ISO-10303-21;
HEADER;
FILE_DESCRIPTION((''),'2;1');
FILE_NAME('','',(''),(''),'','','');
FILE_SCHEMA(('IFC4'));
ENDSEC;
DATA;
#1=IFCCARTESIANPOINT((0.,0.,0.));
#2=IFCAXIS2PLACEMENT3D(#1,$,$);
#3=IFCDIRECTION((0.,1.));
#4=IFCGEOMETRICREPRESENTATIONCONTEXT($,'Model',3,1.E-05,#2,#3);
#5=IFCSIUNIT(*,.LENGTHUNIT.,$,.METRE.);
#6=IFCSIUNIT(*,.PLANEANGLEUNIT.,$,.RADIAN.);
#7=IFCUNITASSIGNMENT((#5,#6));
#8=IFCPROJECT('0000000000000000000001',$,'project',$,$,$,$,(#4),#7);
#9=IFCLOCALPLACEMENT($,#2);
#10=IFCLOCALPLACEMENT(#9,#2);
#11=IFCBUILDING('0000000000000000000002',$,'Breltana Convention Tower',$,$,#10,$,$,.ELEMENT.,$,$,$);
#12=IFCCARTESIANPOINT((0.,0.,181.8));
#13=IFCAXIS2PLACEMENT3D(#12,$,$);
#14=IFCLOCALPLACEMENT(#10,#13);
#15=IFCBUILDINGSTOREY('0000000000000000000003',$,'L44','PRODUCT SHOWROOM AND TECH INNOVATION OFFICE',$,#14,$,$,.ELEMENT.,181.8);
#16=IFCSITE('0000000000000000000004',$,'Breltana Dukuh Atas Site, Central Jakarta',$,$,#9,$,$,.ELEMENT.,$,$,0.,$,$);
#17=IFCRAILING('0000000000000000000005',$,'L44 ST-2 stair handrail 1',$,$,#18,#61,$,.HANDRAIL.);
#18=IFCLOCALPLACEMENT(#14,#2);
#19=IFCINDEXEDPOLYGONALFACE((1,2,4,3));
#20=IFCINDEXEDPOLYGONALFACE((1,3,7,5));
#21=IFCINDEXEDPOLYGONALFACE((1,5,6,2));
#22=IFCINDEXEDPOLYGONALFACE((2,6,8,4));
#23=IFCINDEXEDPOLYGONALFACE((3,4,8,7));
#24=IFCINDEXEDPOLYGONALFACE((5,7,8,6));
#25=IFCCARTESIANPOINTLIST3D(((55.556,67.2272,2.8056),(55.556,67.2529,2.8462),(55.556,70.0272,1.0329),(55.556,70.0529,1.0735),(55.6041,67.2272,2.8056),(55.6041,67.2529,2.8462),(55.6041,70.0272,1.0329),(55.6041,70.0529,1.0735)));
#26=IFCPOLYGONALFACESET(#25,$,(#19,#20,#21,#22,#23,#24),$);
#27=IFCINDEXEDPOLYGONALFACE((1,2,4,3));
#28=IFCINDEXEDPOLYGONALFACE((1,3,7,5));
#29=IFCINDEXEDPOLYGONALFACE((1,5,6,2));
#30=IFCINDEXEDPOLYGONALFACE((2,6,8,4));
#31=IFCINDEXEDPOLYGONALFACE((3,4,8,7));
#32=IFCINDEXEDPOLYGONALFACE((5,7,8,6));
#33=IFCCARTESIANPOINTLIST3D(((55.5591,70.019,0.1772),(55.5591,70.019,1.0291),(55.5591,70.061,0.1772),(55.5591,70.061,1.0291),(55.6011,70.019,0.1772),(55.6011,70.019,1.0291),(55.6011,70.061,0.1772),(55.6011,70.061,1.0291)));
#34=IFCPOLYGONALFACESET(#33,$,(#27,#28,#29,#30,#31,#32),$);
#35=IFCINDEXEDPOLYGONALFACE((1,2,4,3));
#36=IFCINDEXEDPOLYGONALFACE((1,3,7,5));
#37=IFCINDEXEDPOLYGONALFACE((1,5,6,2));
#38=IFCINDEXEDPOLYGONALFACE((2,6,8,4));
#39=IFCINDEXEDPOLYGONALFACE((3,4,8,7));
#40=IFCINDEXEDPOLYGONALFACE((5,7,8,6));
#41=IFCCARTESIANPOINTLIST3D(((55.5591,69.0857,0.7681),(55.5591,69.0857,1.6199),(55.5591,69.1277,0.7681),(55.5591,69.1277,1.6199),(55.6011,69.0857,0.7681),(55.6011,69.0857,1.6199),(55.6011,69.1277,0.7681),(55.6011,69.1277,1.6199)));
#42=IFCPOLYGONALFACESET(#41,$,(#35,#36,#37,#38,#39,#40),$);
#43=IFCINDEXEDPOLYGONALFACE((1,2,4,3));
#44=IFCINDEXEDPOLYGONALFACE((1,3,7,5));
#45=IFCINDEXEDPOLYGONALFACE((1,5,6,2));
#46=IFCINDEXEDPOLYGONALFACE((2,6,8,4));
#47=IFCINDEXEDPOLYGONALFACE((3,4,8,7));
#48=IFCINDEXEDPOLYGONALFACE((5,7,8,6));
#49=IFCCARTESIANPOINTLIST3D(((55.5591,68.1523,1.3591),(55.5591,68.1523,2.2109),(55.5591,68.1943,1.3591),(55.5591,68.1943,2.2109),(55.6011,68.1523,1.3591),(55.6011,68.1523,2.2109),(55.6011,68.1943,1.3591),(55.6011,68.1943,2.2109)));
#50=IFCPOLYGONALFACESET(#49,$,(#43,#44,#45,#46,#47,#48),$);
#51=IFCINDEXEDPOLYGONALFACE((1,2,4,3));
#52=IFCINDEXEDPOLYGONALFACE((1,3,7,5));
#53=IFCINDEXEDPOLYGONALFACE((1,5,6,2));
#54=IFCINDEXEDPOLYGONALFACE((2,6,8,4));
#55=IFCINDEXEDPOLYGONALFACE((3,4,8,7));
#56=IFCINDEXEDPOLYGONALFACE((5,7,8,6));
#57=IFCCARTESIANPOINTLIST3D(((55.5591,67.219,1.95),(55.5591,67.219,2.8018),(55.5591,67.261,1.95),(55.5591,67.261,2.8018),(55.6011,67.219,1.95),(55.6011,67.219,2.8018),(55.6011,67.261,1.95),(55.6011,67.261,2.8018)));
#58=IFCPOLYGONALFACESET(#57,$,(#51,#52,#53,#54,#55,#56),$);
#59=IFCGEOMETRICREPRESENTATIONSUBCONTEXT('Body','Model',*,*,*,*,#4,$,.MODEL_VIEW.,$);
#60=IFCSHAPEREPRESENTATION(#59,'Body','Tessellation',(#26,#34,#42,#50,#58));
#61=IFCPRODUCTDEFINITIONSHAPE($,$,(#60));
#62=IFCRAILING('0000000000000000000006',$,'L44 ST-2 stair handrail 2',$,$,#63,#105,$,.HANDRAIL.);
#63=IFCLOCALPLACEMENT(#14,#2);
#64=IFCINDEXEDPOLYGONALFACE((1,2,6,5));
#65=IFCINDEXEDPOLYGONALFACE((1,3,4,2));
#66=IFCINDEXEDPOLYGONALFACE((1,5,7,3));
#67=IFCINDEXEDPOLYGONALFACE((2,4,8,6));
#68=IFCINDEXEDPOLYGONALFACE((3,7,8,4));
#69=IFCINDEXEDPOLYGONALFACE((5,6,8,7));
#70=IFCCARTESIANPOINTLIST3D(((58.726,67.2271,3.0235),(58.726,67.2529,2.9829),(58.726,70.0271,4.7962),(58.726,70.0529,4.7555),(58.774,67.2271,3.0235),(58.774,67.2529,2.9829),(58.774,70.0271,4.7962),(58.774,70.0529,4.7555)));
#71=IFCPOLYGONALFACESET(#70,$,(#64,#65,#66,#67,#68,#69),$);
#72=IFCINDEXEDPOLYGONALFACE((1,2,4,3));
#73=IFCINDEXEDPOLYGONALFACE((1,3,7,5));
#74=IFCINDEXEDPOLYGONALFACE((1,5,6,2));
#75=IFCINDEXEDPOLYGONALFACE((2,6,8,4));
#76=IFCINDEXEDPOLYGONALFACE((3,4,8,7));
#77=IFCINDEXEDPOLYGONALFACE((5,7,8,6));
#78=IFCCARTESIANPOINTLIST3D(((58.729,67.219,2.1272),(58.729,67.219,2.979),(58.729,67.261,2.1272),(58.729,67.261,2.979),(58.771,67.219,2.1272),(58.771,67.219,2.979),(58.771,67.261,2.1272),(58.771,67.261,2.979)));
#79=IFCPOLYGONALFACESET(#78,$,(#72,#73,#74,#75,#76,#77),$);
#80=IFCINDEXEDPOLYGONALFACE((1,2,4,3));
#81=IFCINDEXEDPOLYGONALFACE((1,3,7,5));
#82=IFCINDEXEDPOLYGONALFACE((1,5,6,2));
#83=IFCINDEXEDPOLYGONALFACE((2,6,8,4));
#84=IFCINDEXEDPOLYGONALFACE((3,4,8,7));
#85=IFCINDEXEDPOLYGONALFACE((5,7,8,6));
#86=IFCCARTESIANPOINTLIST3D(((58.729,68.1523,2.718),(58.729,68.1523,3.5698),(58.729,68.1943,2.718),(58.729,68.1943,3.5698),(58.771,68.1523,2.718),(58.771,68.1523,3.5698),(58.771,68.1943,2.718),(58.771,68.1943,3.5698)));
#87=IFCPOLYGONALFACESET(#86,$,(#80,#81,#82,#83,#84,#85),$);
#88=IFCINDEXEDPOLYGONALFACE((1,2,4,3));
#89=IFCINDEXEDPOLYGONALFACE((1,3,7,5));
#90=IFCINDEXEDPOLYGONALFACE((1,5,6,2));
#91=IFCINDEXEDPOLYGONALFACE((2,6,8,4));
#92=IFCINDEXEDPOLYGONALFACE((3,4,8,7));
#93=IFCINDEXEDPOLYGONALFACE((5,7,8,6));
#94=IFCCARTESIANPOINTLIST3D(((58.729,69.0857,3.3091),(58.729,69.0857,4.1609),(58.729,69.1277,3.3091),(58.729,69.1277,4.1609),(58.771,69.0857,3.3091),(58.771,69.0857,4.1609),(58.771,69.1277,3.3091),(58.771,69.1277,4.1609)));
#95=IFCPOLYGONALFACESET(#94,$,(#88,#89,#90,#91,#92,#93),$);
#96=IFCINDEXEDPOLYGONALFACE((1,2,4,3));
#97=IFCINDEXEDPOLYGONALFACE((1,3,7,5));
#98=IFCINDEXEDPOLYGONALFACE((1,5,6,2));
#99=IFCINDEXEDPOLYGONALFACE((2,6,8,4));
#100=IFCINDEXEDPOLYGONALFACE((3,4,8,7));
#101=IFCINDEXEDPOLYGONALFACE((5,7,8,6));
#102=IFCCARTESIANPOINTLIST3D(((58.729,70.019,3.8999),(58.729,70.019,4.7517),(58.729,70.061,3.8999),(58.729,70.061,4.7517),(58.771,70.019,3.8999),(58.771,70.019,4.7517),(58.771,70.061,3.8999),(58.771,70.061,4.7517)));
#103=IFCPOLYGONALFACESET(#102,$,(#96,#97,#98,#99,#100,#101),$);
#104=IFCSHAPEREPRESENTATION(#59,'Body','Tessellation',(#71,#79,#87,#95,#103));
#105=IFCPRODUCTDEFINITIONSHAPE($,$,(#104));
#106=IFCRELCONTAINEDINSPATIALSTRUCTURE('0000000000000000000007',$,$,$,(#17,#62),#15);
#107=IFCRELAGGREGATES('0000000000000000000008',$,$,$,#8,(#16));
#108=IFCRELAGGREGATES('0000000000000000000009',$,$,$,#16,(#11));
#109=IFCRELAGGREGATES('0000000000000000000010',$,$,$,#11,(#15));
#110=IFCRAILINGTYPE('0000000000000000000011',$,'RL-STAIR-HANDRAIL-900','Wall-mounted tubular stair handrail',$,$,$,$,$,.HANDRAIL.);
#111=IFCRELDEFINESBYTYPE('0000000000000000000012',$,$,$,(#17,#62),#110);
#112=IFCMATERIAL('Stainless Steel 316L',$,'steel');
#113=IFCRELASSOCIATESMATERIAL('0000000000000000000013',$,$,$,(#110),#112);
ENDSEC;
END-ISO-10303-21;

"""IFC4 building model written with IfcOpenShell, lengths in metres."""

from ifc_helpers import new_model, si_unit, direction, frame, origin, origin_2d, place, context, subcontext, project, spatial, rectangle, extrude, material, type_object, element, save


model = new_model("IFC4")

# Units and contexts
model_context = context("Model", 3, precision=1e-05, world=origin(), true_north=direction((0.0, 1.0)))
body_context = subcontext(model_context, "Body", "Model", "MODEL_VIEW")
ifc_project = project(units=[si_unit("LENGTHUNIT", "METRE"), si_unit("PLANEANGLEUNIT", "RADIAN")], contexts=[model_context])

# Site, building, storey
site_placement = place(None, origin())
site = spatial("IfcSite", under=ifc_project, at=site_placement, Name="Breltana Dukuh Atas Site, Central Jakarta", CompositionType="ELEMENT", RefElevation=0.0)
building_placement = place(site_placement, origin())
building = spatial("IfcBuilding", under=site, at=building_placement, Name="Breltana Convention Tower", CompositionType="ELEMENT")
storey_placement = place(building_placement, frame((0.0, 0.0, 181.8)))
storey = spatial("IfcBuildingStorey", under=building, at=storey_placement, Name="L44", Description="PRODUCT SHOWROOM AND TECH INNOVATION OFFICE", CompositionType="ELEMENT", Elevation=181.8)

# Railings
ifc_material_1 = material(Name="Stainless Steel 316L", Category="steel")
railing_type_1 = type_object("IfcRailingType", Name="RL-STAIR-HANDRAIL-900", Description="Wall-mounted tubular stair handrail", PredefinedType="HANDRAIL", material=ifc_material_1)
railing_1_placement = place(storey_placement, frame((55.5801, 70.04, 0.1772)))
element("IfcRailing", 1, at=railing_1_placement, inside=storey, type_object=railing_type_1, Name="L44 ST-2 stair handrail 1", PredefinedType="HANDRAIL", context=body_context, shape_type="SweptSolid", body=[
    extrude(rectangle(XDim=0.0481, YDim=0.0481, at=origin_2d()), frame((0.0, 0.0, 0.876), z_axis=(0.0, -0.844909, 0.53491), x_axis=(1.0, 0.0, 0.0)), (0.0, 0.0, 1.0), 3.314),
    extrude(rectangle(XDim=0.042, YDim=0.042, at=origin_2d()), origin(), (0.0, 0.0, 1.0), 0.8518),
    extrude(rectangle(XDim=0.042, YDim=0.042, at=origin_2d()), frame((0.0, -0.9333, 0.5908)), (0.0, 0.0, 1.0), 0.8518),
    extrude(rectangle(XDim=0.042, YDim=0.042, at=origin_2d()), frame((0.0, -1.8667, 1.1819)), (0.0, 0.0, 1.0), 0.8518),
    extrude(rectangle(XDim=0.042, YDim=0.042, at=origin_2d()), frame((0.0, -2.8, 1.7727)), (0.0, 0.0, 1.0), 0.8518),
])
railing_2_placement = place(storey_placement, frame((58.75, 67.24, 2.1272)))
element("IfcRailing", 2, at=railing_2_placement, inside=storey, type_object=railing_type_1, Name="L44 ST-2 stair handrail 2", PredefinedType="HANDRAIL", context=body_context, shape_type="SweptSolid", body=[
    extrude(rectangle(XDim=0.0481, YDim=0.0481, at=origin_2d()), frame((0.0, 0.0, 0.876), z_axis=(0.0, 0.844909, 0.53491), x_axis=(-1.0, 0.0, 0.0)), (0.0, 0.0, 1.0), 3.314),
    extrude(rectangle(XDim=0.042, YDim=0.042, at=origin_2d()), origin(), (0.0, 0.0, 1.0), 0.8518),
    extrude(rectangle(XDim=0.042, YDim=0.042, at=origin_2d()), frame((0.0, 0.9333, 0.5908)), (0.0, 0.0, 1.0), 0.8518),
    extrude(rectangle(XDim=0.042, YDim=0.042, at=origin_2d()), frame((0.0, 1.8667, 1.1819)), (0.0, 0.0, 1.0), 0.8518),
    extrude(rectangle(XDim=0.042, YDim=0.042, at=origin_2d()), frame((0.0, 2.8, 1.7727)), (0.0, 0.0, 1.0), 0.8518),
])

save(model, "model.ifc")
